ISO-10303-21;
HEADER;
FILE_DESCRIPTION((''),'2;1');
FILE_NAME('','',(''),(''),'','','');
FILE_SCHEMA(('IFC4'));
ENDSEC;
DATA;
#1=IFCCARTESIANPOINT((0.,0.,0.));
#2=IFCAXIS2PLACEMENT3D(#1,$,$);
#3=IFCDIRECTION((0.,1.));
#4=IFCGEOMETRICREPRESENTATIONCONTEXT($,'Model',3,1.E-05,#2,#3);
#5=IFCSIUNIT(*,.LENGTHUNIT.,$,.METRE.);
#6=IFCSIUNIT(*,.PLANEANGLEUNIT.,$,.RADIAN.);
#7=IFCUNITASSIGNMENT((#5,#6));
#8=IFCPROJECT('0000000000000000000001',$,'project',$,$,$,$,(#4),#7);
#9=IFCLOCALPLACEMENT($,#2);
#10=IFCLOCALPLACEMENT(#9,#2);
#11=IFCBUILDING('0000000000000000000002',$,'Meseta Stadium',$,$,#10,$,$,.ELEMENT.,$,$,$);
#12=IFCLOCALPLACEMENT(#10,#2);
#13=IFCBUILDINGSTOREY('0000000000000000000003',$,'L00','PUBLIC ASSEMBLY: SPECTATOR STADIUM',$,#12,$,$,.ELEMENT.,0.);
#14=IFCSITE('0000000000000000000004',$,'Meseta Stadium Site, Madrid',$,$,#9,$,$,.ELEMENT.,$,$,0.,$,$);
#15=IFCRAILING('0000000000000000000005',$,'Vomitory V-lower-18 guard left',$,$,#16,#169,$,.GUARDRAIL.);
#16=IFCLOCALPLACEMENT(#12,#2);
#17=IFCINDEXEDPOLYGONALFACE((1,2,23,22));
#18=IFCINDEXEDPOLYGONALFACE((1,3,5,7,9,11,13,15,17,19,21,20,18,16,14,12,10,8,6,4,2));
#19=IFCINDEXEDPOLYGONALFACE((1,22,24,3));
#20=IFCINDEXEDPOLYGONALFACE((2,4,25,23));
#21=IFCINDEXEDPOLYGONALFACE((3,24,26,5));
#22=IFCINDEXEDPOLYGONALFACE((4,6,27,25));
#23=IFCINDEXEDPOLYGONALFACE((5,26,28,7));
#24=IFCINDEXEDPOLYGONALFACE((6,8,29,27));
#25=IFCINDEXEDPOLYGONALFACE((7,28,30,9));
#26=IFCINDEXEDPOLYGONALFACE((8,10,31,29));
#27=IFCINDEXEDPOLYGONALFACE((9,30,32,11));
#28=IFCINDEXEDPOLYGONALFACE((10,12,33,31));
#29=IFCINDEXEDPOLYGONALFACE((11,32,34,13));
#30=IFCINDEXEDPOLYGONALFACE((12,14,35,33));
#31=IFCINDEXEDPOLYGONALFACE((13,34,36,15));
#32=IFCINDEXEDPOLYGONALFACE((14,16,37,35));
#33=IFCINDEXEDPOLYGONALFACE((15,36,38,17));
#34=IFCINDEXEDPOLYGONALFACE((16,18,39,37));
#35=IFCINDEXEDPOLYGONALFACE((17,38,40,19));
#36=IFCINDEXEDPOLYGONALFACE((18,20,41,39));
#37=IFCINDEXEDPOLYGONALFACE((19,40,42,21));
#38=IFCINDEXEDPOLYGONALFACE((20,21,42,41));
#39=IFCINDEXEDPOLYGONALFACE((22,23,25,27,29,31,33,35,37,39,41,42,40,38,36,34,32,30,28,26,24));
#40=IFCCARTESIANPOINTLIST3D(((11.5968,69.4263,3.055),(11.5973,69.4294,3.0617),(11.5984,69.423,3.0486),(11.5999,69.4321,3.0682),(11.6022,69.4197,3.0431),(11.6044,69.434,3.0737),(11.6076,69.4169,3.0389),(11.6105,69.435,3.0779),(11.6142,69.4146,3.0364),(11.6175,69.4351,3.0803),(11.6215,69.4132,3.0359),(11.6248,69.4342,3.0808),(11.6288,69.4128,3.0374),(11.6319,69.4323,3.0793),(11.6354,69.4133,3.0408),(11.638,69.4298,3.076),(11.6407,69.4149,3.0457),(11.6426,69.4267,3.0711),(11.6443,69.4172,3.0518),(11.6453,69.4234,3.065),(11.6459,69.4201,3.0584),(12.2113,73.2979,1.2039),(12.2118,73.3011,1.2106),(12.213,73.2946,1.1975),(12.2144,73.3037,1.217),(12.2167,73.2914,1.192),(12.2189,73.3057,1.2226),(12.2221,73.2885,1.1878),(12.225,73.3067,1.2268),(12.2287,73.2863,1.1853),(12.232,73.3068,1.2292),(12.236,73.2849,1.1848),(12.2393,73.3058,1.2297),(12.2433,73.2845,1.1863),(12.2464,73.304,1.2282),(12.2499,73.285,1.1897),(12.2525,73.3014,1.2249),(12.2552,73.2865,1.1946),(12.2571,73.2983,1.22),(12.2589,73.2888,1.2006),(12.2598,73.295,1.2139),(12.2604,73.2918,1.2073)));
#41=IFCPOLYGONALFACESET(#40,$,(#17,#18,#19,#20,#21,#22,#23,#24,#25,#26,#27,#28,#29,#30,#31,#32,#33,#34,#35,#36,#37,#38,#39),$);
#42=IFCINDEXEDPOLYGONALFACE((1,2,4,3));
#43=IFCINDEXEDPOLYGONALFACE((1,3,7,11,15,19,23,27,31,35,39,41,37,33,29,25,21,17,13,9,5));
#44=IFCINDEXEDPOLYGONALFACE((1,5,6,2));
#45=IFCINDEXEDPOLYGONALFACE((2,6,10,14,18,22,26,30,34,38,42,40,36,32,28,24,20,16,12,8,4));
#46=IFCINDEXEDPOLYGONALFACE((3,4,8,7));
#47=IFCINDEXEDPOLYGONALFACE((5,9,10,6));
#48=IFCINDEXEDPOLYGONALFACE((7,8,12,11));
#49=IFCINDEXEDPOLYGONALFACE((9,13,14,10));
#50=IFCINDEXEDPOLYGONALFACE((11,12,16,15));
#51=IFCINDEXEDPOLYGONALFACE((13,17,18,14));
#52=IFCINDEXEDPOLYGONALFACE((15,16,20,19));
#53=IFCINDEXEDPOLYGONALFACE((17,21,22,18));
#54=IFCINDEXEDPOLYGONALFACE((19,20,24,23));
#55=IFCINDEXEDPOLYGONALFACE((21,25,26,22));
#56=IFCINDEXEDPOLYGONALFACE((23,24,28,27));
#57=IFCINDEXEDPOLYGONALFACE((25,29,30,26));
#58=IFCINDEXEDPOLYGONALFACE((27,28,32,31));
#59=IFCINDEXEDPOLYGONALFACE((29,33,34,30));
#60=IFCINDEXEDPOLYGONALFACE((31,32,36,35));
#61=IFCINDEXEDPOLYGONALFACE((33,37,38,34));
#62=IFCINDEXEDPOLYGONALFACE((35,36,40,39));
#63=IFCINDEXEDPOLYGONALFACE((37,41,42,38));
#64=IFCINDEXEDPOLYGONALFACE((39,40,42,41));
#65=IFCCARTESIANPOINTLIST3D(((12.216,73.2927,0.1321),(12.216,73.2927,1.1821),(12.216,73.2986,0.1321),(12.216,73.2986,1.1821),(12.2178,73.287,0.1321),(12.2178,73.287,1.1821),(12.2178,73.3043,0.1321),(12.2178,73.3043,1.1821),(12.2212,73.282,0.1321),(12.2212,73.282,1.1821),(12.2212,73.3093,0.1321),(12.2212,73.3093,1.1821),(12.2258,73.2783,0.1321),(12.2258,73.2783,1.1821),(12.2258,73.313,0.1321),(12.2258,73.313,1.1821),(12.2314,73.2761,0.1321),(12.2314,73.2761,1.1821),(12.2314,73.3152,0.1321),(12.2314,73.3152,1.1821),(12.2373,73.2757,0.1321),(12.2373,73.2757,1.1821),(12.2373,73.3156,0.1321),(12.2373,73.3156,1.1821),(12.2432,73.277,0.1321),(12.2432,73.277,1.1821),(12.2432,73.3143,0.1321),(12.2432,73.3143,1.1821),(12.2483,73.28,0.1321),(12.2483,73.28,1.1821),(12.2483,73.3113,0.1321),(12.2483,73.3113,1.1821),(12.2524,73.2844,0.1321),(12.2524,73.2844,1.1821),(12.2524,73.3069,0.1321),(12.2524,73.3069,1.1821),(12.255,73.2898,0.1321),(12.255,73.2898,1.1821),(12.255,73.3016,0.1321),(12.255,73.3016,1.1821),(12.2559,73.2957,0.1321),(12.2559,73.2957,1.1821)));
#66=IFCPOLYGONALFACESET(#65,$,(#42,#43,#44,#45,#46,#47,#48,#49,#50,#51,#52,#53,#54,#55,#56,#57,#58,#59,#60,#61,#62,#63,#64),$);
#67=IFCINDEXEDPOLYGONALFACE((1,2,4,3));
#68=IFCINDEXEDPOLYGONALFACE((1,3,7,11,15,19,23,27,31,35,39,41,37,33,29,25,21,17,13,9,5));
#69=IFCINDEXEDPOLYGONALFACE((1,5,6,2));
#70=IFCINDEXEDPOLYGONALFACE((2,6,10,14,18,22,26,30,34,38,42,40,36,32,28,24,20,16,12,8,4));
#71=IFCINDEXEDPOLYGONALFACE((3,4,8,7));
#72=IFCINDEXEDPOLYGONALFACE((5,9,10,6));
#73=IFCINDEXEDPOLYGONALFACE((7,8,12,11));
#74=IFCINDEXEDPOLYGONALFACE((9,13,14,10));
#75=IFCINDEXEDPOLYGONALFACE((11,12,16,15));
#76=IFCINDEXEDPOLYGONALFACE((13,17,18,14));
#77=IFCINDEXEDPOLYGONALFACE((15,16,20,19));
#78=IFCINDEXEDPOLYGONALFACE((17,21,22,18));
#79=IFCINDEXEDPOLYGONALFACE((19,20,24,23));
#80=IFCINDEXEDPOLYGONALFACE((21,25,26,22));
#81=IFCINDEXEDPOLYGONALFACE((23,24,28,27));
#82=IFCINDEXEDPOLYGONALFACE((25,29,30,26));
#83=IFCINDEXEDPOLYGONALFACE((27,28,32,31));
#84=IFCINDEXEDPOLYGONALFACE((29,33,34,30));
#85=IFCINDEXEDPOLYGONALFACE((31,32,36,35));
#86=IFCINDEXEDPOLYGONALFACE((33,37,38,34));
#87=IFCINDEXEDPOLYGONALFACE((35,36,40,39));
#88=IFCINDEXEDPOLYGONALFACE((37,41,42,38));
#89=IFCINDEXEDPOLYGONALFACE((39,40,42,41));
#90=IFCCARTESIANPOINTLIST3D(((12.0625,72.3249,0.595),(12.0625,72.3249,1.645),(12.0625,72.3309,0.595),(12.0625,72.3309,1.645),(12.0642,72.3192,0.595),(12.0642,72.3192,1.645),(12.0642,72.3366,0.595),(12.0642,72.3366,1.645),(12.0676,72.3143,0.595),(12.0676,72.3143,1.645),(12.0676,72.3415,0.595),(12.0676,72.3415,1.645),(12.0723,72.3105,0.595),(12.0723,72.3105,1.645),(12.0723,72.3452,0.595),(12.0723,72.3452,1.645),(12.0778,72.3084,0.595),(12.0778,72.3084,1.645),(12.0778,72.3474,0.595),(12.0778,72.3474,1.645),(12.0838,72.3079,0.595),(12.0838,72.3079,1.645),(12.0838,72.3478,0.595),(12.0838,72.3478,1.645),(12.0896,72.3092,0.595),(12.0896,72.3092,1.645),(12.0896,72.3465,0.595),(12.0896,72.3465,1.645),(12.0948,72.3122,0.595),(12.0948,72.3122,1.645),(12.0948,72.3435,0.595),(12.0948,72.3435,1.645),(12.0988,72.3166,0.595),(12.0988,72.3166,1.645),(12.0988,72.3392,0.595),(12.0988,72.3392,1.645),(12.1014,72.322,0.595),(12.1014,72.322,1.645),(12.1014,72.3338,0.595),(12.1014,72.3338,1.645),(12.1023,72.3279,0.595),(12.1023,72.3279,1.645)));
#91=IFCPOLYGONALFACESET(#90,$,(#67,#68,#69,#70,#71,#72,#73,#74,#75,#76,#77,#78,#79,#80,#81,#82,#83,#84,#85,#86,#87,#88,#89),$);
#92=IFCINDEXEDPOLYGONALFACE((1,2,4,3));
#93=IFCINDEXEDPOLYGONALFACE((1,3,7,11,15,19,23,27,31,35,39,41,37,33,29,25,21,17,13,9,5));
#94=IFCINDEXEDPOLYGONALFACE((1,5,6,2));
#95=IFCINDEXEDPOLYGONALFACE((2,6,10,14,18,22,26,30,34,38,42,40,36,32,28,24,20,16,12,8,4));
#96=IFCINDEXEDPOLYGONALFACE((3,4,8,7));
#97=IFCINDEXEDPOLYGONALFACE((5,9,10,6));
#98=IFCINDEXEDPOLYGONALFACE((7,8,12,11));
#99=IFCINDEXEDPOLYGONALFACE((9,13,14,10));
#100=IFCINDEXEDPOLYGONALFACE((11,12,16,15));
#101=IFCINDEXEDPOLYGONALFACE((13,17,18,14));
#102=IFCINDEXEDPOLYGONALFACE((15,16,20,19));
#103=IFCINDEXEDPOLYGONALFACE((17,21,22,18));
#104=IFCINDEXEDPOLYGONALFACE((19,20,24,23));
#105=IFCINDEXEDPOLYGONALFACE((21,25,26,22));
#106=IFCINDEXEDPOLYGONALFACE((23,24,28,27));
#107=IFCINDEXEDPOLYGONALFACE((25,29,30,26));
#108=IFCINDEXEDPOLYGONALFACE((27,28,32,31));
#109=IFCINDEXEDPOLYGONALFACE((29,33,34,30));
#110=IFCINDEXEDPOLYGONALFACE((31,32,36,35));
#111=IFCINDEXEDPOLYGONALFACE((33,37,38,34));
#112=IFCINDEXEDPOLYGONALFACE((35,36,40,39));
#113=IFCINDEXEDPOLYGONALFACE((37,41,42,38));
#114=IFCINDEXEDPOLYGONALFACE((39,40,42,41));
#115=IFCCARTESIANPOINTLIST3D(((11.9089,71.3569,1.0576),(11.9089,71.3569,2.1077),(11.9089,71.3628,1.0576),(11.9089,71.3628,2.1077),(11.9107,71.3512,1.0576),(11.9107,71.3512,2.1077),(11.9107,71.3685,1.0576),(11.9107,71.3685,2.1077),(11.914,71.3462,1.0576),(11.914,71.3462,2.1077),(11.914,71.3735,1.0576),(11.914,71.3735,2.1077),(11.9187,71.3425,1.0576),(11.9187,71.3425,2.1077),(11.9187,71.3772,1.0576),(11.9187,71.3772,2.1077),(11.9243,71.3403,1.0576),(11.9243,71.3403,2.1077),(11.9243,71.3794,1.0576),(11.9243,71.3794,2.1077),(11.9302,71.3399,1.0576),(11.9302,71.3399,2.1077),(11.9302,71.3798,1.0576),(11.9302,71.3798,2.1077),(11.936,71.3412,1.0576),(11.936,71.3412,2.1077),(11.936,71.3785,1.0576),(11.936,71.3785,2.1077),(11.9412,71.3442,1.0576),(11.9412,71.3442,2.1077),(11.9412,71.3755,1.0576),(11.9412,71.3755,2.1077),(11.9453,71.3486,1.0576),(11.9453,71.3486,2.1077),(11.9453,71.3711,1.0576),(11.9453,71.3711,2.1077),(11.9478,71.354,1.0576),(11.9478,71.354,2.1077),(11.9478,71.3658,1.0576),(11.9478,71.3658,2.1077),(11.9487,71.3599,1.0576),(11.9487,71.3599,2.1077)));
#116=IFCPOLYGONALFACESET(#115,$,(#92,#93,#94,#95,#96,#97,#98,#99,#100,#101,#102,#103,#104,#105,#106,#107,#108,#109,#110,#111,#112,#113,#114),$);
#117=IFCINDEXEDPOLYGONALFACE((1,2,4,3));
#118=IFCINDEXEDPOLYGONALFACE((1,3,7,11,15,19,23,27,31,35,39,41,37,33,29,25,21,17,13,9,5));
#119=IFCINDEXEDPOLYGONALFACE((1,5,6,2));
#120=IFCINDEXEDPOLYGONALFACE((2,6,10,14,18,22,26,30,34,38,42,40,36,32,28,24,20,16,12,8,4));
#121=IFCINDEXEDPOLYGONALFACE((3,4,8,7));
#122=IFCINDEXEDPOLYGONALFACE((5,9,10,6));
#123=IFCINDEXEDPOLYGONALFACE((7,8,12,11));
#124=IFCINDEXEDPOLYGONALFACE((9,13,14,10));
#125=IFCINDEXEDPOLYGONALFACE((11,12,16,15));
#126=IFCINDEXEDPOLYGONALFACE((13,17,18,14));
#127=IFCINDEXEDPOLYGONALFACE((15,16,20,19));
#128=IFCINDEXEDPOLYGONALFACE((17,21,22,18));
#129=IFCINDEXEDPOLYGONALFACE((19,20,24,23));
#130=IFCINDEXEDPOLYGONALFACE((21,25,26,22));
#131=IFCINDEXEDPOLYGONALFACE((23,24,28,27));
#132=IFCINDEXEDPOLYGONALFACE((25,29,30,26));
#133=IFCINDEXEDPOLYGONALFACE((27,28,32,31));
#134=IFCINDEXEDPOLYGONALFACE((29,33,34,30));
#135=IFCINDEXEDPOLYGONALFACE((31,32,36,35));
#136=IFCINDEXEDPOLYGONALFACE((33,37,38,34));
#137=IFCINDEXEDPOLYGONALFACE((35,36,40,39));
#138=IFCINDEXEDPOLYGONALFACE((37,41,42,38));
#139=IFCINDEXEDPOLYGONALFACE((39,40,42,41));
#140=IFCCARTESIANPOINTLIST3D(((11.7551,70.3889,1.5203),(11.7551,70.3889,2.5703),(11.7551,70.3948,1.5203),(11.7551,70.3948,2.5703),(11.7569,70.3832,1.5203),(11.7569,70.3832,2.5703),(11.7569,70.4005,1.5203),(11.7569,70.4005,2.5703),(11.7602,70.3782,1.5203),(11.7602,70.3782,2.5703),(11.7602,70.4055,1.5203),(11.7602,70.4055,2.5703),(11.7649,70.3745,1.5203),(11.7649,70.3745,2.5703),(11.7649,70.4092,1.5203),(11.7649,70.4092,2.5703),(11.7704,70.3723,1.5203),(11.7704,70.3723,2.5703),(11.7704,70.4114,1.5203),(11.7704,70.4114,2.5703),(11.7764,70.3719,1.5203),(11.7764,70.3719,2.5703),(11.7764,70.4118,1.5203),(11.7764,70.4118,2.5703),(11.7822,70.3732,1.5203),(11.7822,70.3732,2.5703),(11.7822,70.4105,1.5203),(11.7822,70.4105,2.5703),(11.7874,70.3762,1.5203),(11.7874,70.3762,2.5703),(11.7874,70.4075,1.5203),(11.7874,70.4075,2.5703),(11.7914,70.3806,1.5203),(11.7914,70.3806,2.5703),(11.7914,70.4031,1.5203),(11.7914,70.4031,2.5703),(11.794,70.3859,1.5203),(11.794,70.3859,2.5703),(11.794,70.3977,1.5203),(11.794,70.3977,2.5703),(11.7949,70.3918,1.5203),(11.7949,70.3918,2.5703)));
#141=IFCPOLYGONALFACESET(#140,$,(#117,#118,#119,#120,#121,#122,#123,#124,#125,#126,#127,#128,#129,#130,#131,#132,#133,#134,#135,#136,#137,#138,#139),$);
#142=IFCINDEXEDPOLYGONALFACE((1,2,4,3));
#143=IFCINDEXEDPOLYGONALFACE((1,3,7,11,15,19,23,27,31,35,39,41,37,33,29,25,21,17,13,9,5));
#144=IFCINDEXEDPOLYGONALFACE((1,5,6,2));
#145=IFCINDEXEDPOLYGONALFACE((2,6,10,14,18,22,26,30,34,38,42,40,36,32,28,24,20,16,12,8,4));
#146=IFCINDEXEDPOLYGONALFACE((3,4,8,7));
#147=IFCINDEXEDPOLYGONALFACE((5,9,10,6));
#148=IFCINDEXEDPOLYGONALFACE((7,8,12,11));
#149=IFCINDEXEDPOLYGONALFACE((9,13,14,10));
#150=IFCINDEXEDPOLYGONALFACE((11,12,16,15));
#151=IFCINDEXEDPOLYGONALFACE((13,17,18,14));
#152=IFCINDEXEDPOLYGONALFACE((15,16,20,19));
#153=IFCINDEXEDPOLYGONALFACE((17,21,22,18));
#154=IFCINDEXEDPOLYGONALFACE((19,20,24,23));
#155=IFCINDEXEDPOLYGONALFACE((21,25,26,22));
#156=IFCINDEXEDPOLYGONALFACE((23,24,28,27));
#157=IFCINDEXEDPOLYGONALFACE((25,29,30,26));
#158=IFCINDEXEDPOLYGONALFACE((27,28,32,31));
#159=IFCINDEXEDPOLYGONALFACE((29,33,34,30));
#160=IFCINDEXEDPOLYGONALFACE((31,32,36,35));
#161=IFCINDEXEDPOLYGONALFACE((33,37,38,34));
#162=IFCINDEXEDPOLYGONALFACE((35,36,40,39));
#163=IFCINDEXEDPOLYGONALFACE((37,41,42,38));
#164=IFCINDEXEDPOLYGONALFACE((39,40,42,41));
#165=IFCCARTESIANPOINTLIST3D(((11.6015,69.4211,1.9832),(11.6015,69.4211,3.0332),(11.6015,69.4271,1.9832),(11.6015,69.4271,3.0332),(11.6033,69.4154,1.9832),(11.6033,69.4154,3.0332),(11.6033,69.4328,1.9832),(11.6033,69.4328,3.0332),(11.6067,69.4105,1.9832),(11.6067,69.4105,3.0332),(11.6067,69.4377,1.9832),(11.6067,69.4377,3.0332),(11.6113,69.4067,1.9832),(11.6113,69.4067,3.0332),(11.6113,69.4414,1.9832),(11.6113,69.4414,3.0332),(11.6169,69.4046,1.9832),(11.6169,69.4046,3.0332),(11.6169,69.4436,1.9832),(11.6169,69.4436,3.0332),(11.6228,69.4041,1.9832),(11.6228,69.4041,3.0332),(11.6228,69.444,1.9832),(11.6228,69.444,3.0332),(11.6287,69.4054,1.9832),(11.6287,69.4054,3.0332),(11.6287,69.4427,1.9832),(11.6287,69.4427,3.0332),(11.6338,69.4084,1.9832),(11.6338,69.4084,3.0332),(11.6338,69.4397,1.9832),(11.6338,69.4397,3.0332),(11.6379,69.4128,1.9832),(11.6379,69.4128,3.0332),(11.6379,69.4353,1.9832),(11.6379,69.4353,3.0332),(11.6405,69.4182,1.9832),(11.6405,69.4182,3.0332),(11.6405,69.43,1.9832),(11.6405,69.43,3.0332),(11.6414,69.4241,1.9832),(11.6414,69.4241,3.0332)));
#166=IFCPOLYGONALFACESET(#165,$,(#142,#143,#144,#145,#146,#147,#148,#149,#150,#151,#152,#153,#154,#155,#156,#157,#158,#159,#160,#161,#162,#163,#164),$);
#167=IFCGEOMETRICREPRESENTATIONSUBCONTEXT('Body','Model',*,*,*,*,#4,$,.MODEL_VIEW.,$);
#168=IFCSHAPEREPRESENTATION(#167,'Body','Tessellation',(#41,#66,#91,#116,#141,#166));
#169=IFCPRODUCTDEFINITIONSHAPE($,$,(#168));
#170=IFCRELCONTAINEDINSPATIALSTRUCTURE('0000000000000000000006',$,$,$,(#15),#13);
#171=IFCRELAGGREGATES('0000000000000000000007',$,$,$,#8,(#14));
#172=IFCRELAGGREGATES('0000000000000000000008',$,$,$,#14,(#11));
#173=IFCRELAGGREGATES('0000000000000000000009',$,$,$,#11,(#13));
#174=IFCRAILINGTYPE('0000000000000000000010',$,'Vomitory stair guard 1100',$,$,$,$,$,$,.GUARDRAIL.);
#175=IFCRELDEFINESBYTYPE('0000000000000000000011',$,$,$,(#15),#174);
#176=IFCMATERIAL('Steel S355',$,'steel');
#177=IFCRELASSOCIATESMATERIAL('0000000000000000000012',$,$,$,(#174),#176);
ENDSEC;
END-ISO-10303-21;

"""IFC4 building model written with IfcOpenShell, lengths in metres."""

from ifc_helpers import new_model, si_unit, direction, frame, origin, origin_2d, place, context, subcontext, project, spatial, circle, extrude, material, type_object, element, save


model = new_model("IFC4")

# Units and contexts
model_context = context("Model", 3, precision=1e-05, world=origin(), true_north=direction((0.0, 1.0)))
body_context = subcontext(model_context, "Body", "Model", "MODEL_VIEW")
ifc_project = project(units=[si_unit("LENGTHUNIT", "METRE"), si_unit("PLANEANGLEUNIT", "RADIAN")], contexts=[model_context])

# Site, building, storey
site_placement = place(None, origin())
site = spatial("IfcSite", under=ifc_project, at=site_placement, Name="Meseta Stadium Site, Madrid", CompositionType="ELEMENT", RefElevation=0.0)
building_placement = place(site_placement, origin())
building = spatial("IfcBuilding", under=site, at=building_placement, Name="Meseta Stadium", CompositionType="ELEMENT")
storey_placement = place(building_placement, origin())
storey = spatial("IfcBuildingStorey", under=building, at=storey_placement, Name="L00", Description="PUBLIC ASSEMBLY: SPECTATOR STADIUM", CompositionType="ELEMENT", Elevation=0.0)

# Railing
ifc_material_1 = material(Name="Steel S355", Category="steel")
railing_type_1 = type_object("IfcRailingType", Name="Vomitory stair guard 1100", PredefinedType="GUARDRAIL", material=ifc_material_1)
for number, where, name in (
    (1, (12.2358, 73.2957, 0.1321), "Vomitory V-lower-18 guard left"),
):
    element("IfcRailing", number, at=place(storey_placement, frame(where)), inside=storey, type_object=railing_type_1, Name=name, PredefinedType="GUARDRAIL", context=body_context, shape_type="SweptSolid", body=[
        extrude(circle(Radius=0.0249, at=origin_2d()), frame((0.0, 0.0, 1.0752), z_axis=(-0.14175, -0.893074, 0.426995), x_axis=(0.987637, -0.156759, 0.0)), (0.0, 0.0, 1.0), 4.3352),
        extrude(circle(Radius=0.02, at=origin_2d()), origin(), (0.0, 0.0, 1.0), 1.05),
        extrude(circle(Radius=0.02, at=origin_2d()), frame((-0.1536, -0.9678, 0.4629)), (0.0, 0.0, 1.0), 1.05),
        extrude(circle(Radius=0.02, at=origin_2d()), frame((-0.3071, -1.9358, 0.9255)), (0.0, 0.0, 1.0), 1.05),
        extrude(circle(Radius=0.02, at=origin_2d()), frame((-0.4609, -2.9038, 1.3882)), (0.0, 0.0, 1.0), 1.05),
        extrude(circle(Radius=0.02, at=origin_2d()), frame((-0.6145, -3.8716, 1.8511)), (0.0, 0.0, 1.0), 1.05),
    ])

save(model, "model.ifc")
